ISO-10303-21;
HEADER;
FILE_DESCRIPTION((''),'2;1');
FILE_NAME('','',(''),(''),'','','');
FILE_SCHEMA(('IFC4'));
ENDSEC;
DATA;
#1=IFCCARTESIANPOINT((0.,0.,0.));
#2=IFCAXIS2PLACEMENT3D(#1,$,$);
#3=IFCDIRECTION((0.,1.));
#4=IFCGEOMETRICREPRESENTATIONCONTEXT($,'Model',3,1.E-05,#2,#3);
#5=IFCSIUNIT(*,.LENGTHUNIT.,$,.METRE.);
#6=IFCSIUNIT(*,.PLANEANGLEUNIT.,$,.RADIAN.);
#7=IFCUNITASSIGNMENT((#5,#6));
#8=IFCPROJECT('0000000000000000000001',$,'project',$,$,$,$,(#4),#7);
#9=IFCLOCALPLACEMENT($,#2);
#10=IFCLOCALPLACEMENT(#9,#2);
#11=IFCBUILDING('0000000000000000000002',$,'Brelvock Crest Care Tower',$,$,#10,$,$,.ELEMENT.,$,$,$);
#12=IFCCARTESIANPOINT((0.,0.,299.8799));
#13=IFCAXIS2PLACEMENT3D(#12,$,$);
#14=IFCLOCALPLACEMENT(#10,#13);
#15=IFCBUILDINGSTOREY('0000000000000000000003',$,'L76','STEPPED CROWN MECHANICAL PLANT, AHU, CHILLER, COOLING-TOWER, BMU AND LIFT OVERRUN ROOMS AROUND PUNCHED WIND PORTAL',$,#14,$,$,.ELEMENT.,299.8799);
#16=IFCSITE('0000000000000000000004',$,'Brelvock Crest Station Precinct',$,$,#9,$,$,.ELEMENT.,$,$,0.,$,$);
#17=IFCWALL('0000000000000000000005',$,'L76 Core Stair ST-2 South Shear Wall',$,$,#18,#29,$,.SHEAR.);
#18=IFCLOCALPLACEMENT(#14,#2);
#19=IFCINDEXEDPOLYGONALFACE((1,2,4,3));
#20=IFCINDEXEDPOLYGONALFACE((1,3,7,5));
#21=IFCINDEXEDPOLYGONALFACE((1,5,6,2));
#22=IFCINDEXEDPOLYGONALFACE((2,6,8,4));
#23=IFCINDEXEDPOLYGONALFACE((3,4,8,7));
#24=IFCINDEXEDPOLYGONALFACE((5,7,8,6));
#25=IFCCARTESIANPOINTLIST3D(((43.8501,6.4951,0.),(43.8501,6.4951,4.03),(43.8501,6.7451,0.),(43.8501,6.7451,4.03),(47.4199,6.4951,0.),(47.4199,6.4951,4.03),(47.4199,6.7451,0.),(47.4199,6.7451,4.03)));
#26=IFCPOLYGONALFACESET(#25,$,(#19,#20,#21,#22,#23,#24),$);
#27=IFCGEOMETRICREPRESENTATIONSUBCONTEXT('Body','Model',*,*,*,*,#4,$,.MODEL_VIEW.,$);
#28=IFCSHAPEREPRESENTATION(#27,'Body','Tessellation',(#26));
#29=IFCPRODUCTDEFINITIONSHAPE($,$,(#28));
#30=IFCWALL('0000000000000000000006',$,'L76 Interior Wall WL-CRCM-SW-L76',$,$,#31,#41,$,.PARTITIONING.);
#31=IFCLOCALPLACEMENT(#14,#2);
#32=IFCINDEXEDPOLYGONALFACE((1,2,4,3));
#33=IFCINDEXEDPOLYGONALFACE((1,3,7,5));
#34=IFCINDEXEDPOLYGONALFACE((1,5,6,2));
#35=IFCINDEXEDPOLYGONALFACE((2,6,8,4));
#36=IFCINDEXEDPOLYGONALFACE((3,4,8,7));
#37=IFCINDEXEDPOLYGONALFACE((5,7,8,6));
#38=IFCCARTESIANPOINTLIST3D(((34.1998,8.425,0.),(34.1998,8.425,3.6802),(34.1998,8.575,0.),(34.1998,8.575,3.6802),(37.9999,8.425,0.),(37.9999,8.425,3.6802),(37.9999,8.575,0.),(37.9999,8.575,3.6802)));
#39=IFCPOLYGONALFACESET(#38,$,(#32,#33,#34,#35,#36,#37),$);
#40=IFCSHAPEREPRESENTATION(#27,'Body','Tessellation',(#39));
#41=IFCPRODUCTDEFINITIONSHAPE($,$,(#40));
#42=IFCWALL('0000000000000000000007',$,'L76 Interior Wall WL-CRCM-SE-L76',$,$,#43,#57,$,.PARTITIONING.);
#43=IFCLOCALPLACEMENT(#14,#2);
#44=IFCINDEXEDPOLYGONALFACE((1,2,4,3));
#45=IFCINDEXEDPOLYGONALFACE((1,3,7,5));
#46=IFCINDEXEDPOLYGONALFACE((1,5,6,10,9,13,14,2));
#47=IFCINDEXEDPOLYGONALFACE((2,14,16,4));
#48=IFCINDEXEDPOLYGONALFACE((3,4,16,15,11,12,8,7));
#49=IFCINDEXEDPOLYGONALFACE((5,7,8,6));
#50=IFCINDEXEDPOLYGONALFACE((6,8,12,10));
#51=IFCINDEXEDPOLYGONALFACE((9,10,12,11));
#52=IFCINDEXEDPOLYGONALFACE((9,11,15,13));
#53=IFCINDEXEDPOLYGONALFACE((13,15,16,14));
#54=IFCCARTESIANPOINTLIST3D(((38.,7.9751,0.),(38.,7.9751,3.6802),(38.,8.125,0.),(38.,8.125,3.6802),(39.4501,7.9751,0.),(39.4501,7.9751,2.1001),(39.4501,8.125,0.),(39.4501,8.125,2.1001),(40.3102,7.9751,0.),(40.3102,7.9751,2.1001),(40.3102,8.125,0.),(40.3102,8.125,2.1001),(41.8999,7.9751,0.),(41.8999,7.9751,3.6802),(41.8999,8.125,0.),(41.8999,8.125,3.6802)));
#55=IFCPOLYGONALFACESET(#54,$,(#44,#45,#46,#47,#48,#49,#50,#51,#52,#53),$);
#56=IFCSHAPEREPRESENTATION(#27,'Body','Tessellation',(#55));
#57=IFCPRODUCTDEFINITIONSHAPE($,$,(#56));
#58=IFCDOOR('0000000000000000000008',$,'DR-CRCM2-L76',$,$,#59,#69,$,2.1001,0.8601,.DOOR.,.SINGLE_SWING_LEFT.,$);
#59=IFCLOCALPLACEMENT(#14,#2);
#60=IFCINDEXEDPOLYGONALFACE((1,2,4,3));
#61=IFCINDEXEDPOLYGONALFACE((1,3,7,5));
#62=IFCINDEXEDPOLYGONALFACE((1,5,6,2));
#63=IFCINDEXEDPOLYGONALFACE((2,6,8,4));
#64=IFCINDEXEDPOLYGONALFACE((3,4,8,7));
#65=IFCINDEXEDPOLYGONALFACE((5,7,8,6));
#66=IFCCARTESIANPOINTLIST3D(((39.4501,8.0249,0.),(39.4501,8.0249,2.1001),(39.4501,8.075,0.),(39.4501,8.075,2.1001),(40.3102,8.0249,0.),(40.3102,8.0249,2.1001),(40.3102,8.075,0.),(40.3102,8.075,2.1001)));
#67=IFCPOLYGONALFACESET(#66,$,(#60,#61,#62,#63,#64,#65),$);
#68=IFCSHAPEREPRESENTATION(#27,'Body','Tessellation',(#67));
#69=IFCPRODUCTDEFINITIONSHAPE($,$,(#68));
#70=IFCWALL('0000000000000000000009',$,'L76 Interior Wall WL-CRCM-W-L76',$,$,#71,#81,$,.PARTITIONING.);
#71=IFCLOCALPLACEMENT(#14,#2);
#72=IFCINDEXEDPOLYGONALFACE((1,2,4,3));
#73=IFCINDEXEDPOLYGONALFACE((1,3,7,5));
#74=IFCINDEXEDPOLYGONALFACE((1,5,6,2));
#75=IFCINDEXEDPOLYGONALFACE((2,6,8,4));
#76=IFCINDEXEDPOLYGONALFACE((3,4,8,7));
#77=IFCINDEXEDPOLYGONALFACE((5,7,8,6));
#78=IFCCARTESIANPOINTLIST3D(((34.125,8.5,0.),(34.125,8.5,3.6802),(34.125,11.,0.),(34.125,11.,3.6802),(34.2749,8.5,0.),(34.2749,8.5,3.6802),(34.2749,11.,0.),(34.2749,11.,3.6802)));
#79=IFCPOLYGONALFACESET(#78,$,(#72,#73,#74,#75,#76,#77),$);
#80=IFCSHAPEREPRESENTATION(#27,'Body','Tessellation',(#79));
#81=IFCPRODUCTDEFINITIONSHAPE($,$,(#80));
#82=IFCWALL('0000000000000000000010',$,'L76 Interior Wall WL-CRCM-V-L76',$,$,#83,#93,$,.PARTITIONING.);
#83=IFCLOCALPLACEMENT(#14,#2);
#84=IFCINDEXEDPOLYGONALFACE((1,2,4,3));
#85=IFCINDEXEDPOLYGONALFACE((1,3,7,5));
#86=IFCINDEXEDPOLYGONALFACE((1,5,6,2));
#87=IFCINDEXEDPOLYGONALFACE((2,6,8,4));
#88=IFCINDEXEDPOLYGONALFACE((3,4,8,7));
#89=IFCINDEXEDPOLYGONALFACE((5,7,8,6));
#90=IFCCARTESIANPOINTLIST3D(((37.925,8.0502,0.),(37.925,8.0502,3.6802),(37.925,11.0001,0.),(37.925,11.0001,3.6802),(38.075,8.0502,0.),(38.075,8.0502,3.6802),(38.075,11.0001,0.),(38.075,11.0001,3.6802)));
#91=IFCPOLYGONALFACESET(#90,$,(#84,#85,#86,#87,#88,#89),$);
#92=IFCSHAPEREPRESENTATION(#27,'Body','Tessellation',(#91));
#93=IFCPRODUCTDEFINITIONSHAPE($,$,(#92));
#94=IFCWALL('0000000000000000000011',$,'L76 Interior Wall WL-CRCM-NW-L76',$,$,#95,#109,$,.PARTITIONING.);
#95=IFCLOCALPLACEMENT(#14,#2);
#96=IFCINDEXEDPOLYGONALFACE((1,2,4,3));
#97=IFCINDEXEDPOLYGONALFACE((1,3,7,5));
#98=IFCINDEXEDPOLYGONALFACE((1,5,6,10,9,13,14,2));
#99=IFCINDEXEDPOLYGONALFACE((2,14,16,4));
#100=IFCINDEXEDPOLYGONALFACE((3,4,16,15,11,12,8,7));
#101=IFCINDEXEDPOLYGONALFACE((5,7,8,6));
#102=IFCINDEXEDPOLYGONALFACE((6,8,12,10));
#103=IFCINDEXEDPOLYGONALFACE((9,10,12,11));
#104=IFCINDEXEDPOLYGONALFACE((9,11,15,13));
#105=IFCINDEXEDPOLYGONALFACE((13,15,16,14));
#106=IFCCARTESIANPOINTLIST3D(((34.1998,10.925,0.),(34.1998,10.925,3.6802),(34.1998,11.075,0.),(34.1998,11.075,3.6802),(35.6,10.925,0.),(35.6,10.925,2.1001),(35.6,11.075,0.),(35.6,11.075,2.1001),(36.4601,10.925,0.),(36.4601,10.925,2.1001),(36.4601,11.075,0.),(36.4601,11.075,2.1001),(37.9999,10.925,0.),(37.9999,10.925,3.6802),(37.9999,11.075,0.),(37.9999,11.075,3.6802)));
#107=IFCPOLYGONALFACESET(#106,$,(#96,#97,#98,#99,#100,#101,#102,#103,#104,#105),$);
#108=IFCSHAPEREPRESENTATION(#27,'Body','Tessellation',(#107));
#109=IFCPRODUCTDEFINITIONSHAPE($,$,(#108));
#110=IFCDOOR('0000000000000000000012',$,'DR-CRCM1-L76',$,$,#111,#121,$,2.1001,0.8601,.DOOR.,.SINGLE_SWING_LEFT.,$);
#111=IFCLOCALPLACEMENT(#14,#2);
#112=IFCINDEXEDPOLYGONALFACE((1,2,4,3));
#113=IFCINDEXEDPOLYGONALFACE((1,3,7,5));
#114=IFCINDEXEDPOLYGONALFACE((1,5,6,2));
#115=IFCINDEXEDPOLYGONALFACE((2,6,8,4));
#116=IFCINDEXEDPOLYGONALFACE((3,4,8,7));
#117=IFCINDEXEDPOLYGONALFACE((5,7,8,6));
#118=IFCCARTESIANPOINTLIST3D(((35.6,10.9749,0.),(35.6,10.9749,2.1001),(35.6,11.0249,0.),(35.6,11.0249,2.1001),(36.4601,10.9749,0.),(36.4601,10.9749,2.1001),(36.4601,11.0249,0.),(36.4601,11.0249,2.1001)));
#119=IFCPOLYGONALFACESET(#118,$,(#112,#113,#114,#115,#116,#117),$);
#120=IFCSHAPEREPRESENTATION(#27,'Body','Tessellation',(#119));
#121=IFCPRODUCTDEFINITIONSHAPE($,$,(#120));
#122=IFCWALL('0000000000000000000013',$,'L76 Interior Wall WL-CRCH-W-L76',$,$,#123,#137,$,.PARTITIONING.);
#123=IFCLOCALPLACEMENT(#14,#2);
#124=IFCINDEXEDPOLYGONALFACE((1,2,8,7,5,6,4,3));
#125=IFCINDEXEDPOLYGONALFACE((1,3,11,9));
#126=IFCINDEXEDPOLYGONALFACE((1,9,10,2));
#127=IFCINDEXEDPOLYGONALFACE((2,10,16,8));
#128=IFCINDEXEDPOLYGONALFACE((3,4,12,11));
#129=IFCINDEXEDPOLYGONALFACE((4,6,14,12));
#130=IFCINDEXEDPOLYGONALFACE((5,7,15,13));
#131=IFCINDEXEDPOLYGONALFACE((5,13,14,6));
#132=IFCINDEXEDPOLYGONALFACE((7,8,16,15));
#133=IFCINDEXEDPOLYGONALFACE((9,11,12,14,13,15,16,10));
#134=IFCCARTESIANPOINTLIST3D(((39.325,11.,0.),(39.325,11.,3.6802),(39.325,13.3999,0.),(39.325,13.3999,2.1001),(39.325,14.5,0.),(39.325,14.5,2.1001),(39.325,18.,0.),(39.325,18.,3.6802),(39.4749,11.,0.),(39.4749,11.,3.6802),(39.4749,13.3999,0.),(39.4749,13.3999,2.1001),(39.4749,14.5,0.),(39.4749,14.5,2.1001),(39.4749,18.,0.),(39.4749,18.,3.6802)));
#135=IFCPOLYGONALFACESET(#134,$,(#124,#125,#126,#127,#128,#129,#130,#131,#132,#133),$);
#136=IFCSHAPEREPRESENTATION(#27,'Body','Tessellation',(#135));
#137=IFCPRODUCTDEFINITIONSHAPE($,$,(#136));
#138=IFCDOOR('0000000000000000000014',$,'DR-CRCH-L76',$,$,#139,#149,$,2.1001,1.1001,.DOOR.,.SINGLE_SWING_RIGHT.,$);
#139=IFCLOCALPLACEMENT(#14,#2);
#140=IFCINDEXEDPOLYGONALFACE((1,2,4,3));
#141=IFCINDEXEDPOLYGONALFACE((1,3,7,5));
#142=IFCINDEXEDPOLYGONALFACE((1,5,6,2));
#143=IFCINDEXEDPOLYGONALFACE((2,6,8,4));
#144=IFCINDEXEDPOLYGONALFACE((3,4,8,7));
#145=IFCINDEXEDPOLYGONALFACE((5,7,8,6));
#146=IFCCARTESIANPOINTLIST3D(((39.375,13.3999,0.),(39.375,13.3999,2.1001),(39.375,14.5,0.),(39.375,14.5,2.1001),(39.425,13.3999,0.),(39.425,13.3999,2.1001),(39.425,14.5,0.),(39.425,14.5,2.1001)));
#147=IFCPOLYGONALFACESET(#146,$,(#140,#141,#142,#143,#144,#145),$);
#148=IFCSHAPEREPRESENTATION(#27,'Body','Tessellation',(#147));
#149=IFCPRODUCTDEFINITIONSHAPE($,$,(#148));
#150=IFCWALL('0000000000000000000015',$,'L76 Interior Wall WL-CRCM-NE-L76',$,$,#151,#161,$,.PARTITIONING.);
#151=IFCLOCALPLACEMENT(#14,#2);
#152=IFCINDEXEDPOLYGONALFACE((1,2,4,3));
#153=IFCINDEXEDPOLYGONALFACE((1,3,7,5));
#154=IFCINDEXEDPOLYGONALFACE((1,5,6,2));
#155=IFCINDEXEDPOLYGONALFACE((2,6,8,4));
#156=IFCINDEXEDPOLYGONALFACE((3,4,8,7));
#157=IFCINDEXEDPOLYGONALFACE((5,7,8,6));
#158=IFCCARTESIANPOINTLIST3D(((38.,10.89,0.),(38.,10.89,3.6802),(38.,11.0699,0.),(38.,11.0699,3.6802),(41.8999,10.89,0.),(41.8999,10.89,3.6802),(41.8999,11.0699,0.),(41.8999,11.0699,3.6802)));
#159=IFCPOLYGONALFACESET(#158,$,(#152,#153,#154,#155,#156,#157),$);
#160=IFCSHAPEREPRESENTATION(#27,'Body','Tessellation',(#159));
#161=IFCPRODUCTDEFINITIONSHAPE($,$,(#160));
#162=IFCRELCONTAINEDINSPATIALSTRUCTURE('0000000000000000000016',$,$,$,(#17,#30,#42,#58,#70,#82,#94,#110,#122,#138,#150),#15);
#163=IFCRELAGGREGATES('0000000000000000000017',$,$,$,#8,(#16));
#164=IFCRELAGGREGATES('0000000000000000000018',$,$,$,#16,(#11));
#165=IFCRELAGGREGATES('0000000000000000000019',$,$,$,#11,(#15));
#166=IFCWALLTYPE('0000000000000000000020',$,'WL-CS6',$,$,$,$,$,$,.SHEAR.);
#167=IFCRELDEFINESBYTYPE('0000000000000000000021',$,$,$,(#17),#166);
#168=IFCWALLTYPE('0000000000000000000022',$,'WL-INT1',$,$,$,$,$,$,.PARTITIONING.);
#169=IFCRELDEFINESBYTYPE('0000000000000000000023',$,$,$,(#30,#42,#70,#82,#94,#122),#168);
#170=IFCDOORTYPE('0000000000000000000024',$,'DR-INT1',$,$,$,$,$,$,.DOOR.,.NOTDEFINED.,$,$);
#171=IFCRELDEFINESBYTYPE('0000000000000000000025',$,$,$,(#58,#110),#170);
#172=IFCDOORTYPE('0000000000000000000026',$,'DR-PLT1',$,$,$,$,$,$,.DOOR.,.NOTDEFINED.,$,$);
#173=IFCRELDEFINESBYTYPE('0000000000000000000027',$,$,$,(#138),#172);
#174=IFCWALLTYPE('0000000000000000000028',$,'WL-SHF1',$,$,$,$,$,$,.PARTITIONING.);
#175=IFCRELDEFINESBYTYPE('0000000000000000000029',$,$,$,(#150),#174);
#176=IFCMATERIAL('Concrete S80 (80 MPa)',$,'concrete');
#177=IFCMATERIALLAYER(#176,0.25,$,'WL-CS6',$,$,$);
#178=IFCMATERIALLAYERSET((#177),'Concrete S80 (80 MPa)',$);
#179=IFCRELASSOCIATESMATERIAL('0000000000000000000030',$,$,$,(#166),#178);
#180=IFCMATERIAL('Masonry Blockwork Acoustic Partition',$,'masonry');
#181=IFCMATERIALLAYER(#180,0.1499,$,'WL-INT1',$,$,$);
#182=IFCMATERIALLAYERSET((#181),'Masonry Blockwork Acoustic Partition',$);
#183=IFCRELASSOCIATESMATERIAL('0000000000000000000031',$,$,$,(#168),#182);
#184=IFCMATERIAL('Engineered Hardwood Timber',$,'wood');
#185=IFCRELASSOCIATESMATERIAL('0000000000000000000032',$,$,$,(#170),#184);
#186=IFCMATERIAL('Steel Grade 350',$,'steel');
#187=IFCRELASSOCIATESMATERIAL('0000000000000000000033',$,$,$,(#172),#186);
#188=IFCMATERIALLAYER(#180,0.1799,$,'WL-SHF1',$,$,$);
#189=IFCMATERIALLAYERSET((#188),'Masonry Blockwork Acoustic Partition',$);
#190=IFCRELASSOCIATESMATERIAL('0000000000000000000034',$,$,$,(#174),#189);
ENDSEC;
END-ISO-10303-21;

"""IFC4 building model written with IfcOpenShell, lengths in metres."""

from ifc_helpers import new_model, si_unit, direction, frame, frame_2d, origin, origin_2d, place, context, subcontext, project, spatial, rectangle, extrude, source, transform, mapped, material, layer, layer_set, type_object, element, fill, save


model = new_model("IFC4")

# Units and contexts
model_context = context("Model", 3, precision=1e-05, world=origin(), true_north=direction((0.0, 1.0)))
body_context = subcontext(model_context, "Body", "Model", "MODEL_VIEW")
ifc_project = project(units=[si_unit("LENGTHUNIT", "METRE"), si_unit("PLANEANGLEUNIT", "RADIAN")], contexts=[model_context])

# Site, building, storey
site_placement = place(None, origin())
site = spatial("IfcSite", under=ifc_project, at=site_placement, Name="Brelvock Crest Station Precinct", CompositionType="ELEMENT", RefElevation=0.0)
building_placement = place(site_placement, origin())
building = spatial("IfcBuilding", under=site, at=building_placement, Name="Brelvock Crest Care Tower", CompositionType="ELEMENT")
storey_placement = place(building_placement, frame((0.0, 0.0, 299.8799)))
storey = spatial("IfcBuildingStorey", under=building, at=storey_placement, Name="L76", Description="STEPPED CROWN MECHANICAL PLANT, AHU, CHILLER, COOLING-TOWER, BMU AND LIFT OVERRUN ROOMS AROUND PUNCHED WIND PORTAL", CompositionType="ELEMENT", Elevation=299.8799)

# Shared definitions
ifc_material_1 = material(Name="Steel Grade 350", Category="steel")

# Walls
ifc_material_2 = material(Name="Concrete S80 (80 MPa)", Category="concrete")
ifc_layer_1 = layer(ifc_material_2, 0.25, Name="WL-CS6")
ifc_layer_set_1 = layer_set([ifc_layer_1], Name="Concrete S80 (80 MPa)")
wall_type_1 = type_object("IfcWallType", Name="WL-CS6", PredefinedType="SHEAR", material=ifc_layer_set_1)
wall_1_placement = place(storey_placement, frame((43.8501, 6.6201, 0.0), z_axis=(0.0, 0.0, 1.0), x_axis=(1.0, 0.0, 0.0)))
element("IfcWall", 1, at=wall_1_placement, inside=storey, type_object=wall_type_1, Name="L76 Core Stair ST-2 South Shear Wall", PredefinedType="SHEAR", context=body_context, shape_type="SweptSolid", body=[
    extrude(rectangle(XDim=3.5698, YDim=0.25, at=frame_2d((1.7849, 0.0))), origin(), (0.0, 0.0, 1.0), 4.03),
])
ifc_material_3 = material(Name="Masonry Blockwork Acoustic Partition", Category="masonry")
ifc_layer_2 = layer(ifc_material_3, 0.1499, Name="WL-INT1")
ifc_layer_set_2 = layer_set([ifc_layer_2], Name="Masonry Blockwork Acoustic Partition")
wall_type_2 = type_object("IfcWallType", Name="WL-INT1", PredefinedType="PARTITIONING", material=ifc_layer_set_2)
wall_2_placement = place(storey_placement, frame((34.2, 8.5, 0.0), z_axis=(0.0, 0.0, 1.0), x_axis=(1.0, 0.0, 0.0)))
element("IfcWall", 2, at=wall_2_placement, inside=storey, type_object=wall_type_2, Name="L76 Interior Wall WL-CRCM-SW-L76", PredefinedType="PARTITIONING", context=body_context, shape_type="SweptSolid", body=[
    extrude(rectangle(XDim=3.8, YDim=0.1499, at=frame_2d((1.8999, 0.0))), origin(), (0.0, 0.0, 1.0), 3.6802),
])

# Wall, opening, door
wall_3_placement = place(storey_placement, frame((38.0, 8.05, 0.0), z_axis=(0.0, 0.0, 1.0), x_axis=(1.0, 0.0, 0.0)))
wall_3 = element("IfcWall", 3, at=wall_3_placement, inside=storey, type_object=wall_type_2, Name="L76 Interior Wall WL-CRCM-SE-L76", PredefinedType="PARTITIONING", context=body_context, shape_type="SweptSolid", body=[
    extrude(rectangle(XDim=3.8999, YDim=0.1499, at=frame_2d((1.95, 0.0))), origin(), (0.0, 0.0, 1.0), 3.6802),
])
opening_1_placement = place(wall_3_placement, frame((1.45, 0.0, 0.0)))
opening_1 = element("IfcOpeningElement", 4, at=opening_1_placement, cuts=wall_3, PredefinedType="OPENING", context=body_context, shape_type="SweptSolid", body=[
    extrude(rectangle(XDim=0.8601, YDim=2.1001, at=origin_2d()), frame((0.4302, 0.085, 1.05), z_axis=(0.0, -1.0, 0.0), x_axis=(1.0, 0.0, 0.0)), (0.0, 0.0, 1.0), 0.1699),
])
ifc_material_4 = material(Name="Engineered Hardwood Timber", Category="wood")
door_type_1 = type_object("IfcDoorType", Name="DR-INT1", OperationType="NOTDEFINED", PredefinedType="DOOR", material=ifc_material_4)
shared_shape_1 = source(origin(), body_context, "Body", "SweptSolid", [
    extrude(rectangle(XDim=0.8601, YDim=2.1001, at=origin_2d()), frame((0.4302, 0.0249, 1.05), z_axis=(0.0, -1.0, 0.0), x_axis=(1.0, 0.0, 0.0)), (0.0, 0.0, 1.0), 0.05),
])
door_1_placement = place(opening_1_placement, origin())
door_1 = element("IfcDoor", 5, at=door_1_placement, inside=storey, type_object=door_type_1, Name="DR-CRCM2-L76", OperationType="SINGLE_SWING_LEFT", OverallHeight=2.1001, OverallWidth=0.8601, PredefinedType="DOOR", context=body_context, shape_type="MappedRepresentation", body=[
    mapped(shared_shape_1, transform((0.0, 0.0, 0.0), x_axis=(1.0, 0.0, 0.0), y_axis=(0.0, 1.0, 0.0), z_axis=(0.0, 0.0, 1.0), scale=1.0)),
])
fill(opening_1, door_1)

# Walls
wall_4_placement = place(storey_placement, frame((34.2, 8.5, 0.0), z_axis=(0.0, 0.0, 1.0), x_axis=(0.0, 1.0, 0.0)))
element("IfcWall", 6, at=wall_4_placement, inside=storey, type_object=wall_type_2, Name="L76 Interior Wall WL-CRCM-W-L76", PredefinedType="PARTITIONING", context=body_context, shape_type="SweptSolid", body=[
    extrude(rectangle(XDim=2.5, YDim=0.1499, at=frame_2d((1.25, 0.0))), origin(), (0.0, 0.0, 1.0), 3.6802),
])
wall_5_placement = place(storey_placement, frame((38.0, 8.05, 0.0), z_axis=(0.0, 0.0, 1.0), x_axis=(0.0, 1.0, 0.0)))
element("IfcWall", 7, at=wall_5_placement, inside=storey, type_object=wall_type_2, Name="L76 Interior Wall WL-CRCM-V-L76", PredefinedType="PARTITIONING", context=body_context, shape_type="SweptSolid", body=[
    extrude(rectangle(XDim=2.95, YDim=0.1499, at=frame_2d((1.4751, 0.0))), origin(), (0.0, 0.0, 1.0), 3.6802),
])

# Walls, openings, doors
wall_6_placement = place(storey_placement, frame((34.2, 11.0, 0.0), z_axis=(0.0, 0.0, 1.0), x_axis=(1.0, 0.0, 0.0)))
wall_6 = element("IfcWall", 8, at=wall_6_placement, inside=storey, type_object=wall_type_2, Name="L76 Interior Wall WL-CRCM-NW-L76", PredefinedType="PARTITIONING", context=body_context, shape_type="SweptSolid", body=[
    extrude(rectangle(XDim=3.8, YDim=0.1499, at=frame_2d((1.8999, 0.0))), origin(), (0.0, 0.0, 1.0), 3.6802),
])
opening_2_placement = place(wall_6_placement, frame((1.3999, 0.0, 0.0)))
opening_2 = element("IfcOpeningElement", 9, at=opening_2_placement, cuts=wall_6, PredefinedType="OPENING", context=body_context, shape_type="SweptSolid", body=[
    extrude(rectangle(XDim=0.8601, YDim=2.1001, at=origin_2d()), frame((0.4302, 0.085, 1.05), z_axis=(0.0, -1.0, 0.0), x_axis=(1.0, 0.0, 0.0)), (0.0, 0.0, 1.0), 0.1699),
])
door_2_placement = place(opening_2_placement, origin())
door_2 = element("IfcDoor", 10, at=door_2_placement, inside=storey, type_object=door_type_1, Name="DR-CRCM1-L76", OperationType="SINGLE_SWING_LEFT", OverallHeight=2.1001, OverallWidth=0.8601, PredefinedType="DOOR", context=body_context, shape_type="MappedRepresentation", body=[
    mapped(shared_shape_1, transform((0.0, 0.0, 0.0), x_axis=(1.0, 0.0, 0.0), y_axis=(0.0, 1.0, 0.0), z_axis=(0.0, 0.0, 1.0), scale=1.0)),
])
fill(opening_2, door_2)
wall_7_placement = place(storey_placement, frame((39.3999, 11.0, 0.0), z_axis=(0.0, 0.0, 1.0), x_axis=(0.0, 1.0, 0.0)))
wall_7 = element("IfcWall", 11, at=wall_7_placement, inside=storey, type_object=wall_type_2, Name="L76 Interior Wall WL-CRCH-W-L76", PredefinedType="PARTITIONING", context=body_context, shape_type="SweptSolid", body=[
    extrude(rectangle(XDim=7.0, YDim=0.1499, at=frame_2d((3.5, 0.0))), origin(), (0.0, 0.0, 1.0), 3.6802),
])
opening_3_placement = place(wall_7_placement, frame((2.3999, 0.0, 0.0)))
opening_3 = element("IfcOpeningElement", 12, at=opening_3_placement, cuts=wall_7, PredefinedType="OPENING", context=body_context, shape_type="SweptSolid", body=[
    extrude(rectangle(XDim=1.1001, YDim=2.1001, at=origin_2d()), frame((0.55, 0.085, 1.05), z_axis=(0.0, -1.0, 0.0), x_axis=(1.0, 0.0, 0.0)), (0.0, 0.0, 1.0), 0.1699),
])
door_type_2 = type_object("IfcDoorType", Name="DR-PLT1", OperationType="NOTDEFINED", PredefinedType="DOOR", material=ifc_material_1)
shared_shape_2 = source(origin(), body_context, "Body", "SweptSolid", [
    extrude(rectangle(XDim=1.1001, YDim=2.1001, at=origin_2d()), frame((0.55, 0.0249, 1.05), z_axis=(0.0, -1.0, 0.0), x_axis=(1.0, 0.0, 0.0)), (0.0, 0.0, 1.0), 0.05),
])
door_3_placement = place(opening_3_placement, origin())
door_3 = element("IfcDoor", 13, at=door_3_placement, inside=storey, type_object=door_type_2, Name="DR-CRCH-L76", OperationType="SINGLE_SWING_RIGHT", OverallHeight=2.1001, OverallWidth=1.1001, PredefinedType="DOOR", context=body_context, shape_type="MappedRepresentation", body=[
    mapped(shared_shape_2, transform((0.0, 0.0, 0.0), x_axis=(1.0, 0.0, 0.0), y_axis=(0.0, 1.0, 0.0), z_axis=(0.0, 0.0, 1.0), scale=1.0)),
])
fill(opening_3, door_3)

# Wall
ifc_layer_3 = layer(ifc_material_3, 0.1799, Name="WL-SHF1")
ifc_layer_set_3 = layer_set([ifc_layer_3], Name="Masonry Blockwork Acoustic Partition")
wall_type_3 = type_object("IfcWallType", Name="WL-SHF1", PredefinedType="PARTITIONING", material=ifc_layer_set_3)
wall_8_placement = place(storey_placement, frame((38.0, 10.98, 0.0), z_axis=(0.0, 0.0, 1.0), x_axis=(1.0, 0.0, 0.0)))
element("IfcWall", 14, at=wall_8_placement, inside=storey, type_object=wall_type_3, Name="L76 Interior Wall WL-CRCM-NE-L76", PredefinedType="PARTITIONING", context=body_context, shape_type="SweptSolid", body=[
    extrude(rectangle(XDim=3.8999, YDim=0.1799, at=frame_2d((1.95, 0.0))), origin(), (0.0, 0.0, 1.0), 3.6802),
])

save(model, "model.ifc")
